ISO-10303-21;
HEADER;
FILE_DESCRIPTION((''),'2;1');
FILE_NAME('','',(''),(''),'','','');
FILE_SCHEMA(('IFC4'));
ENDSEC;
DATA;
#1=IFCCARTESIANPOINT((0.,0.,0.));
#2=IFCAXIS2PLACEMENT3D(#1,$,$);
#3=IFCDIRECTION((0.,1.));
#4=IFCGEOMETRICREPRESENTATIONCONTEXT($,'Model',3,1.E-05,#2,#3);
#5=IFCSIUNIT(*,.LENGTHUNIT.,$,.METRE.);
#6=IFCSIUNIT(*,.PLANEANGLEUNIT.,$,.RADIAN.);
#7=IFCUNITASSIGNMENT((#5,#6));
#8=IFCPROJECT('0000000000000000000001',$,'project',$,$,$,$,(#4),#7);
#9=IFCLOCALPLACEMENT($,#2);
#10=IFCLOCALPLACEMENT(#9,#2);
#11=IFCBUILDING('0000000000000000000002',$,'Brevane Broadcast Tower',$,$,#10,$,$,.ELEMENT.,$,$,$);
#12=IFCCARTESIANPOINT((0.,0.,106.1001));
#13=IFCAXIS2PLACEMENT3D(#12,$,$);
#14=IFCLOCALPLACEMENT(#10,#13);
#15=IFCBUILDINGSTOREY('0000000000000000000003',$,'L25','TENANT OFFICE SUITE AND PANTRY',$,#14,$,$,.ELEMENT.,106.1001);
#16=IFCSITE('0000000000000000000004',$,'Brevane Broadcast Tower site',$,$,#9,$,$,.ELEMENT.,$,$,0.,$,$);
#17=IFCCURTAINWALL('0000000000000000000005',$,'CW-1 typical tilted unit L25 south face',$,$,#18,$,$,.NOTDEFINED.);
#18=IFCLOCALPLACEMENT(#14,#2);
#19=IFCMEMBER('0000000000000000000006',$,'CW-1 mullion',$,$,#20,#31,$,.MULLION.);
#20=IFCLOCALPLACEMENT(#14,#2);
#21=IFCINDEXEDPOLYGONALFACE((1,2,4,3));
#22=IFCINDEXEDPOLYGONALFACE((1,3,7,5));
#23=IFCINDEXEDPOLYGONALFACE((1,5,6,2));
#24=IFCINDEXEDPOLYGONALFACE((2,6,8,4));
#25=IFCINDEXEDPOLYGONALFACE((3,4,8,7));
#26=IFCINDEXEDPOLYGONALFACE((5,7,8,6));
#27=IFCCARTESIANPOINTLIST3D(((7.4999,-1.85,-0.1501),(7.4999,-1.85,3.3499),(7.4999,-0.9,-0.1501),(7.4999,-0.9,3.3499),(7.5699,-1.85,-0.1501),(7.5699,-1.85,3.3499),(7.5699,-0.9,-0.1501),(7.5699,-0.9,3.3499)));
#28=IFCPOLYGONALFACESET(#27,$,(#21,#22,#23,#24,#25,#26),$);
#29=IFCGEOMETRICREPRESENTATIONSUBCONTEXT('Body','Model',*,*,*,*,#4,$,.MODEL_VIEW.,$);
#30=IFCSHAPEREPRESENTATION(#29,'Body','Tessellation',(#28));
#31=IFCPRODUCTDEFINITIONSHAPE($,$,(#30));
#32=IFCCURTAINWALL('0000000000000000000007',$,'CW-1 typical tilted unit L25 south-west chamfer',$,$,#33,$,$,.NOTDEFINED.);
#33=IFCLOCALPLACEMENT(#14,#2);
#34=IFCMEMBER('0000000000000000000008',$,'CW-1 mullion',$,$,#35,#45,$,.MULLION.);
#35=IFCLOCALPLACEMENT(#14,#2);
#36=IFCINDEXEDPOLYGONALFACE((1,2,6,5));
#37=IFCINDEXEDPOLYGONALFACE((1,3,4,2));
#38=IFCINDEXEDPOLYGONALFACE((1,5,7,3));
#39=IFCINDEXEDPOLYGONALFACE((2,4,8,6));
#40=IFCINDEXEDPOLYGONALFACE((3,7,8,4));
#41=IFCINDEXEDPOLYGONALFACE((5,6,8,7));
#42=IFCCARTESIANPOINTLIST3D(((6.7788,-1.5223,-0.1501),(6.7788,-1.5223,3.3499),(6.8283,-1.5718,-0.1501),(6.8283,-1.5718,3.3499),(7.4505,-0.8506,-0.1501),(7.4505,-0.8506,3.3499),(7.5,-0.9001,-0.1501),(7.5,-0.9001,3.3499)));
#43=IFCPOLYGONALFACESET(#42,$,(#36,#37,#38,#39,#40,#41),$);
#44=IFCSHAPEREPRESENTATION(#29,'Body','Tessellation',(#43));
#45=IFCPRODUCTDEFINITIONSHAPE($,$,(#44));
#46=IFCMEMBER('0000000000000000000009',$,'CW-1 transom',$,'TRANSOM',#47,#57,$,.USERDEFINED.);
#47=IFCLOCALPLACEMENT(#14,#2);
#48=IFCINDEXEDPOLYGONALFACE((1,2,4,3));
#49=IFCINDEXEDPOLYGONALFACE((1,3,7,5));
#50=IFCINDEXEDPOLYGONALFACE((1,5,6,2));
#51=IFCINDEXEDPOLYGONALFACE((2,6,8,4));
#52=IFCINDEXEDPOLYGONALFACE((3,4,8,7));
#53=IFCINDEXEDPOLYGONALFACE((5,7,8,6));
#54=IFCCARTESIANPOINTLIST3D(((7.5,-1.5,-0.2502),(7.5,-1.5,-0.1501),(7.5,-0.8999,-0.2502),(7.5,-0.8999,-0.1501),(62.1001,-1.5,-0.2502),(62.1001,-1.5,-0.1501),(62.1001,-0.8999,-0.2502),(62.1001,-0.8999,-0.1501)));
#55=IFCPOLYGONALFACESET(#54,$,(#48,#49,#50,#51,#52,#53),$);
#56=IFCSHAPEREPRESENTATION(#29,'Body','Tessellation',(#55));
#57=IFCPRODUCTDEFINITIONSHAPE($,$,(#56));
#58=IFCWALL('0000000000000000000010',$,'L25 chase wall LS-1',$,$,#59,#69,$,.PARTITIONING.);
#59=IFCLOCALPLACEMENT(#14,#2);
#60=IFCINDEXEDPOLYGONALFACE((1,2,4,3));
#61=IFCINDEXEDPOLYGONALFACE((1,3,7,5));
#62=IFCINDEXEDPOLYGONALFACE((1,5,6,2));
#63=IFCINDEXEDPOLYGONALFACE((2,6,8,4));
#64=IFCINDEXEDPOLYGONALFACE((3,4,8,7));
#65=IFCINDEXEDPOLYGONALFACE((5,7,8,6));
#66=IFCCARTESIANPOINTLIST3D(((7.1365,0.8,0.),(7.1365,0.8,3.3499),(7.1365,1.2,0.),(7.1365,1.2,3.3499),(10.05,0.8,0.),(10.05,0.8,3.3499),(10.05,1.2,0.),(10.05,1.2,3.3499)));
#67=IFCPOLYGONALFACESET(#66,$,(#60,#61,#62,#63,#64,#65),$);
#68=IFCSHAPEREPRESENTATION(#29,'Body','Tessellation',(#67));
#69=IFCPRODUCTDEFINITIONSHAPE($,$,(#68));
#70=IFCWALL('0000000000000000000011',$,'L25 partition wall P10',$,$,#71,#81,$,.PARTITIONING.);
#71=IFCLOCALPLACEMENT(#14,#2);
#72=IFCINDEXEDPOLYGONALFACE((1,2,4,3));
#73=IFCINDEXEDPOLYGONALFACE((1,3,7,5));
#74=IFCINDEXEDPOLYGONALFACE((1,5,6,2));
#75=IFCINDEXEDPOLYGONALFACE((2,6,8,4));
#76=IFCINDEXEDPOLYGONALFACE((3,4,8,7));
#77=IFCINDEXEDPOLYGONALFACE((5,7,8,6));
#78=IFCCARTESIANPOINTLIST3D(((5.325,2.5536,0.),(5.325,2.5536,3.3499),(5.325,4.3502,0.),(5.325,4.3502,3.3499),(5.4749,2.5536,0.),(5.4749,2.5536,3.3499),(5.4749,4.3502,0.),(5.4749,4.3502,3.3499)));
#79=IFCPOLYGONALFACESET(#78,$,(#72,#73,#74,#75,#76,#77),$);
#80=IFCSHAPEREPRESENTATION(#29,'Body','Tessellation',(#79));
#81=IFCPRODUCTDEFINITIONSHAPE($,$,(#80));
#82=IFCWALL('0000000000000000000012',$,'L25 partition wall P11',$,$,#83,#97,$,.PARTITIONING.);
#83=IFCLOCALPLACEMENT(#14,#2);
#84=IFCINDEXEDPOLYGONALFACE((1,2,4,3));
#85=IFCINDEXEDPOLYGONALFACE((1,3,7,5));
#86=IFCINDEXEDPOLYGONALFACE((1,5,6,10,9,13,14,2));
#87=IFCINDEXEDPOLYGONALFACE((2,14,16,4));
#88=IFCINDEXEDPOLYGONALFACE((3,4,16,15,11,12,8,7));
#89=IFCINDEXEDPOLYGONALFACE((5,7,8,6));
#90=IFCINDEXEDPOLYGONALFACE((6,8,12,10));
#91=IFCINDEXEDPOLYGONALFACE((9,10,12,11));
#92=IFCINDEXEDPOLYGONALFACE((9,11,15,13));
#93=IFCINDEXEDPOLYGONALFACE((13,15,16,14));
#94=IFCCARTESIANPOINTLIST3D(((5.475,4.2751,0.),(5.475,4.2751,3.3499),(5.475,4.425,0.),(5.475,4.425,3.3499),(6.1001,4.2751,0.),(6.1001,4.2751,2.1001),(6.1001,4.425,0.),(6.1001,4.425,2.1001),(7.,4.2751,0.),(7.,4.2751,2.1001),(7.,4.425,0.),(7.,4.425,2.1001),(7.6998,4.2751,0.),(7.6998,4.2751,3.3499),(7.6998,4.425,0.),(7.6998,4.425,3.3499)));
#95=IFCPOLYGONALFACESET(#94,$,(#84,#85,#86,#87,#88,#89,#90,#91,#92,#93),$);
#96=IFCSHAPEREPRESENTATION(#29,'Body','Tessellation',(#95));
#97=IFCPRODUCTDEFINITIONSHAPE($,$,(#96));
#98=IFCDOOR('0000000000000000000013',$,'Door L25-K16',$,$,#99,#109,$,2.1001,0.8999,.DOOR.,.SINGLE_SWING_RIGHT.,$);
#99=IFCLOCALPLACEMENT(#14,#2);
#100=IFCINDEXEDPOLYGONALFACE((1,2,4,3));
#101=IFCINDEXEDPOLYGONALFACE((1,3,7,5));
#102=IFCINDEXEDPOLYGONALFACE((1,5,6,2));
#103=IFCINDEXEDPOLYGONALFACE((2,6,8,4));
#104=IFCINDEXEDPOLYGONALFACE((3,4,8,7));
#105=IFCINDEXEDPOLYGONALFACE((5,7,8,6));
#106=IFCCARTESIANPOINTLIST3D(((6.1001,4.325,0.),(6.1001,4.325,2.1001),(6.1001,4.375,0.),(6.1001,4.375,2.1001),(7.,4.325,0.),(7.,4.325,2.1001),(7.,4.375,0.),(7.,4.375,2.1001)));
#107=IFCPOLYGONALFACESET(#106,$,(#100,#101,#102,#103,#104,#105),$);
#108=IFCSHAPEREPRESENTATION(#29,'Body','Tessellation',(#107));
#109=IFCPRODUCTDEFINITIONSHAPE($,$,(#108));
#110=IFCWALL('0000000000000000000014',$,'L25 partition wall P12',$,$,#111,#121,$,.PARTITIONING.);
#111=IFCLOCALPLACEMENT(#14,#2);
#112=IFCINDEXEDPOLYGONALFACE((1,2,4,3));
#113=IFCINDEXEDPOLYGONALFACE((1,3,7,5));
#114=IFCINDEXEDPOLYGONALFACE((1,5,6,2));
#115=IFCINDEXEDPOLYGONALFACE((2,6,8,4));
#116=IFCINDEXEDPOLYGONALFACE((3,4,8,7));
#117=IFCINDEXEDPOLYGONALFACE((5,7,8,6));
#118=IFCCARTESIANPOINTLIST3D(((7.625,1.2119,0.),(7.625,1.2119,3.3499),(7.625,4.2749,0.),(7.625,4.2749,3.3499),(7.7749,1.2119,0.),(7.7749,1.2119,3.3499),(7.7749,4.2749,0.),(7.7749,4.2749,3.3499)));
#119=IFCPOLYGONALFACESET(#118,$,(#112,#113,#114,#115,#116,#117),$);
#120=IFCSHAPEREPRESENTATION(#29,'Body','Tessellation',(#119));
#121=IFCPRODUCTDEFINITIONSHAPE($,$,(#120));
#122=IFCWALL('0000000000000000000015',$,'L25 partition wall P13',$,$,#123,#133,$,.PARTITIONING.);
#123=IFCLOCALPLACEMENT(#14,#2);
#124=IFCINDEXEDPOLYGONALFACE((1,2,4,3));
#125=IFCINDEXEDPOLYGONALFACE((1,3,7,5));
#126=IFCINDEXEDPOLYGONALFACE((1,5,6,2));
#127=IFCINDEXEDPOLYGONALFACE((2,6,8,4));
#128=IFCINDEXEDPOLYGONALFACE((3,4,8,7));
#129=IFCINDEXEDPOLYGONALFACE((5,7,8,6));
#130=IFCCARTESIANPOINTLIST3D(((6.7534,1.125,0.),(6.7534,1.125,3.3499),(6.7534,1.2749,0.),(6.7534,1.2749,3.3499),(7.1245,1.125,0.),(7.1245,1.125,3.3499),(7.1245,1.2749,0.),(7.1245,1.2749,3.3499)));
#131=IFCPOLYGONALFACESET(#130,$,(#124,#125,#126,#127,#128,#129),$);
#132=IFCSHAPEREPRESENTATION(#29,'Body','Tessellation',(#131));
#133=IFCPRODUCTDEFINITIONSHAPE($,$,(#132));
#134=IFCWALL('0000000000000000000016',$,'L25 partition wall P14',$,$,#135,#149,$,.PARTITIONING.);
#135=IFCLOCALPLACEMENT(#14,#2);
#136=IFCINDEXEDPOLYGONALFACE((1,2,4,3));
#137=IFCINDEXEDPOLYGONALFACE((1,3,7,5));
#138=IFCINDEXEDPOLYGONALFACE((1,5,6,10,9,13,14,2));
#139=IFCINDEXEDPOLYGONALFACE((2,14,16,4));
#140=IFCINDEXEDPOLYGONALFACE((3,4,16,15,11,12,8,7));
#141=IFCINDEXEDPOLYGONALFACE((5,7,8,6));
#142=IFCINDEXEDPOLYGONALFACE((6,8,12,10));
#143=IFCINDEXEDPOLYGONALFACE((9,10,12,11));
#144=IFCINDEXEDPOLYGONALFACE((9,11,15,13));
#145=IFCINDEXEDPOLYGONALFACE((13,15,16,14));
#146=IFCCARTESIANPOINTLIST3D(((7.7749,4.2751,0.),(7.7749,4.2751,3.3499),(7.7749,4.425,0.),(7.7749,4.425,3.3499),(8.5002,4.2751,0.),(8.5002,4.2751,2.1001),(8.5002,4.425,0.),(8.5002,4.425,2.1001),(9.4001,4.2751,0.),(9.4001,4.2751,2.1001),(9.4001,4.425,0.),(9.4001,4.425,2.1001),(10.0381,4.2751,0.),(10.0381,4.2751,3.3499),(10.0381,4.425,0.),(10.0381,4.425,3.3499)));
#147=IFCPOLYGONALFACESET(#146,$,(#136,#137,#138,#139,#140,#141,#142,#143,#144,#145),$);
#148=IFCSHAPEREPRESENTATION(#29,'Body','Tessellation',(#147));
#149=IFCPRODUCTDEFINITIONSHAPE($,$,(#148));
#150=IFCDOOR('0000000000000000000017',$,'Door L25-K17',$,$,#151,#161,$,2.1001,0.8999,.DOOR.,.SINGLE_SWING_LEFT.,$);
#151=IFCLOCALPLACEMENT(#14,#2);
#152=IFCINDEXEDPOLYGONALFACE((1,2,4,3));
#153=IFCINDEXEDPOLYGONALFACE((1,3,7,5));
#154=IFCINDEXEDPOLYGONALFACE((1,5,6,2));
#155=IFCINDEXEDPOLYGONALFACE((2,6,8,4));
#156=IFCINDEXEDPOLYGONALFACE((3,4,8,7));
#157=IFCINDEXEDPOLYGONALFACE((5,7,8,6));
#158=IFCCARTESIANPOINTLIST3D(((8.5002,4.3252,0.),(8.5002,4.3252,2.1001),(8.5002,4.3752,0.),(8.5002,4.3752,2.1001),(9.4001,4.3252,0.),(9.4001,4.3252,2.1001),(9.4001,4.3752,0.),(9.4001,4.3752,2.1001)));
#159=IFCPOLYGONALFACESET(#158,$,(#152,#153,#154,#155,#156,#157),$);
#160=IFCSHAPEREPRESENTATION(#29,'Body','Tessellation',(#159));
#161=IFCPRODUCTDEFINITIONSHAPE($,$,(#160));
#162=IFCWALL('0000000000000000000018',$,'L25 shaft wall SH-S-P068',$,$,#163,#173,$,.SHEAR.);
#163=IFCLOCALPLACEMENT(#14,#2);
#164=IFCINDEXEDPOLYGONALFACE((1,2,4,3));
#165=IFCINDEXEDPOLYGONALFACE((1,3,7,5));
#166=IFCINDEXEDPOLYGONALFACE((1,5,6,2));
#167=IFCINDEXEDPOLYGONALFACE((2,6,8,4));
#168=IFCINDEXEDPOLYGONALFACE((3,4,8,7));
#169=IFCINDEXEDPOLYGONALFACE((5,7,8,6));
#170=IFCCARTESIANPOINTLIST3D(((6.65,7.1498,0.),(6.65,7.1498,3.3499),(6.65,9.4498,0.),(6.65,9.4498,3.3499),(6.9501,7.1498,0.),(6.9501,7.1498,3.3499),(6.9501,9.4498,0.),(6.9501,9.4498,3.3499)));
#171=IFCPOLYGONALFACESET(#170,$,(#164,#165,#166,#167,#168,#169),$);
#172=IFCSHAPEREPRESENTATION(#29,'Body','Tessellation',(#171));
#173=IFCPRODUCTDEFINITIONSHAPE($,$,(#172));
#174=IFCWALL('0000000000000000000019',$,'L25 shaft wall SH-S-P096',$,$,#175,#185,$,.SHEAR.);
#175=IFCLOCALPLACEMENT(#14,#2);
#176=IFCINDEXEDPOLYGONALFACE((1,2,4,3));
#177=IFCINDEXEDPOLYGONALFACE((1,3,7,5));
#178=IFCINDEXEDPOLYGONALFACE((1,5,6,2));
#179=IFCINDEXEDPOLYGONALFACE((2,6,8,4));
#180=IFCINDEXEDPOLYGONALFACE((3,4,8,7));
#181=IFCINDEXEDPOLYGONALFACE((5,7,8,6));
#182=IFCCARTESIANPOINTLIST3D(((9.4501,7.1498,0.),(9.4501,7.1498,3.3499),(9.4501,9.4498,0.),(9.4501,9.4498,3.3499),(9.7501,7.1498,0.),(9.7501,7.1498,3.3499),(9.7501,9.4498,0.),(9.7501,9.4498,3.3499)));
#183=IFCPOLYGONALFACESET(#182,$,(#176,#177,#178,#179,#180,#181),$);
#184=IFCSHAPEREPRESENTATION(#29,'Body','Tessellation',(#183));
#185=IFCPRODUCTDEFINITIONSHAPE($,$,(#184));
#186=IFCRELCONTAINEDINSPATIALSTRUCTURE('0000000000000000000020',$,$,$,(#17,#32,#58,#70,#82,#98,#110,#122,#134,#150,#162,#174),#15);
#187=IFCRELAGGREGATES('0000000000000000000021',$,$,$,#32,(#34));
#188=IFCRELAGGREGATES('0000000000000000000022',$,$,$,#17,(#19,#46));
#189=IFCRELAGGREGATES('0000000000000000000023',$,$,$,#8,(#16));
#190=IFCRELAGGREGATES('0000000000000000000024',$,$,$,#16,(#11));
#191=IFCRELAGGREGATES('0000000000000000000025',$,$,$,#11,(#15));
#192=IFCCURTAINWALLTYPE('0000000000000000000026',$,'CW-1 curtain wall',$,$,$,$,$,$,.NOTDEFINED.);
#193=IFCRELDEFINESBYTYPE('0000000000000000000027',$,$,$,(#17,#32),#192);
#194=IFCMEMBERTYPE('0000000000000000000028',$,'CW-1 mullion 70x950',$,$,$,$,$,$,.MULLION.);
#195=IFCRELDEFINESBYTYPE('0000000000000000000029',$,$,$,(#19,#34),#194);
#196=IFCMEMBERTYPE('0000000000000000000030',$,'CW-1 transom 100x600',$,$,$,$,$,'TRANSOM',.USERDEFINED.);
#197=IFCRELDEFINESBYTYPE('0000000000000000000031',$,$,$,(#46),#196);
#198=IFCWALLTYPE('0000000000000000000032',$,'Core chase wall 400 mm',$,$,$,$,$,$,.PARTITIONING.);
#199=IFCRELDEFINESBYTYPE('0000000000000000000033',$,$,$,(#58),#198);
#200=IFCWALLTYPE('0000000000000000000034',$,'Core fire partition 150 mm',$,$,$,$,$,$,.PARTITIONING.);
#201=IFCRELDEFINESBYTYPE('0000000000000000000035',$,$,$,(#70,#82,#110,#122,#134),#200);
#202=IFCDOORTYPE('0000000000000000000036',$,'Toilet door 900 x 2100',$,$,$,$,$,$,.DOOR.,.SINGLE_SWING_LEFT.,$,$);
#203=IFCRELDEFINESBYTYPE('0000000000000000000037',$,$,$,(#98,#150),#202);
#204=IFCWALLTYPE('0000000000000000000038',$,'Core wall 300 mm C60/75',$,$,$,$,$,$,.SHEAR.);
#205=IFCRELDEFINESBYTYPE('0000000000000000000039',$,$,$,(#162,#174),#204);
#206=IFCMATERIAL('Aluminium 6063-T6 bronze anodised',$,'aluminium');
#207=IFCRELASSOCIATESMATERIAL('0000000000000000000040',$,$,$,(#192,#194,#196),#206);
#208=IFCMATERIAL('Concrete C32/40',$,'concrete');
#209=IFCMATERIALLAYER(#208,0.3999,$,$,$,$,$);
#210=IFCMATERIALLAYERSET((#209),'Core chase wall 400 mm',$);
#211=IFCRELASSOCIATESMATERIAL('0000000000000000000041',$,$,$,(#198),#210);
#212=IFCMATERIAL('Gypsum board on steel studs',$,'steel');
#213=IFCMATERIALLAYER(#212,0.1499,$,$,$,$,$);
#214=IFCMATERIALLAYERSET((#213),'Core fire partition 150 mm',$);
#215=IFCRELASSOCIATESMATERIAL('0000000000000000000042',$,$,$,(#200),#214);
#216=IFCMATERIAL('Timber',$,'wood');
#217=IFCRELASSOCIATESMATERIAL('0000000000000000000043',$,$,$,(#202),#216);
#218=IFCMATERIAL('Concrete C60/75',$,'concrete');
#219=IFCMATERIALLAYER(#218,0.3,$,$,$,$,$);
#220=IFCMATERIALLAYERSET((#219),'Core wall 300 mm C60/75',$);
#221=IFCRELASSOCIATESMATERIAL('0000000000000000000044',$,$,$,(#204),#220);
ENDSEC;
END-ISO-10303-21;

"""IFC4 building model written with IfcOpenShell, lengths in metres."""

from ifc_helpers import new_model, si_unit, direction, frame, frame_2d, origin, origin_2d, place, context, subcontext, project, spatial, rectangle, extrude, material, layer, layer_set, material_profile, profile_set, type_object, element, fill, aggregate, save


model = new_model("IFC4")

# Units and contexts
model_context = context("Model", 3, precision=1e-05, world=origin(), true_north=direction((0.0, 1.0)))
body_context = subcontext(model_context, "Body", "Model", "MODEL_VIEW")
ifc_project = project(units=[si_unit("LENGTHUNIT", "METRE"), si_unit("PLANEANGLEUNIT", "RADIAN")], contexts=[model_context])

# Site, building, storey
site_placement = place(None, origin())
site = spatial("IfcSite", under=ifc_project, at=site_placement, Name="Brevane Broadcast Tower site", CompositionType="ELEMENT", RefElevation=0.0)
building_placement = place(site_placement, origin())
building = spatial("IfcBuilding", under=site, at=building_placement, Name="Brevane Broadcast Tower", CompositionType="ELEMENT")
storey_placement = place(building_placement, frame((0.0, 0.0, 106.1001)))
storey = spatial("IfcBuildingStorey", under=building, at=storey_placement, Name="L25", Description="TENANT OFFICE SUITE AND PANTRY", CompositionType="ELEMENT", Elevation=106.1001)

# Curtain walls, members
ifc_material_1 = material(Name="Aluminium 6063-T6 bronze anodised", Category="aluminium")
curtain_wall_type = type_object("IfcCurtainWallType", Name="CW-1 curtain wall", PredefinedType="NOTDEFINED", material=ifc_material_1)
curtain_wall_1_placement = place(storey_placement, origin())
curtain_wall_1 = element("IfcCurtainWall", 1, at=curtain_wall_1_placement, inside=storey, type_object=curtain_wall_type, Name="CW-1 typical tilted unit L25 south face", PredefinedType="NOTDEFINED")
ifc_material_profile_1 = material_profile(ifc_material_1, rectangle(XDim=0.95, YDim=0.0701, at=origin_2d()), Name="RECT 70x950")
ifc_profile_set_1 = profile_set([ifc_material_profile_1], Name="Aluminium 6063-T6 bronze anodised")
member_type_1 = type_object("IfcMemberType", Name="CW-1 mullion 70x950", PredefinedType="MULLION", material=ifc_profile_set_1)
member_1_placement = place(storey_placement, frame((7.5349, -1.375, -0.1501), z_axis=(0.0, 0.0, 1.0), x_axis=(0.0, 1.0, 0.0)))
member_1 = element("IfcMember", 2, at=member_1_placement, type_object=member_type_1, Name="CW-1 mullion", PredefinedType="MULLION", context=body_context, shape_type="SweptSolid", body=[
    extrude(rectangle(XDim=0.95, YDim=0.0701, at=origin_2d()), origin(), (0.0, 0.0, 1.0), 3.5),
])
curtain_wall_2_placement = place(storey_placement, origin())
curtain_wall_2 = element("IfcCurtainWall", 3, at=curtain_wall_2_placement, inside=storey, type_object=curtain_wall_type, Name="CW-1 typical tilted unit L25 south-west chamfer", PredefinedType="NOTDEFINED")
member_2_placement = place(storey_placement, frame((7.1394, -1.2112, -0.1501), z_axis=(0.0, 0.0, 1.0), x_axis=(0.707107, 0.707107, 0.0)))
member_2 = element("IfcMember", 4, at=member_2_placement, type_object=member_type_1, Name="CW-1 mullion", PredefinedType="MULLION", context=body_context, shape_type="SweptSolid", body=[
    extrude(rectangle(XDim=0.95, YDim=0.0701, at=origin_2d()), origin(), (0.0, 0.0, 1.0), 3.5),
])
aggregate(curtain_wall_2, [member_2])

# Member
ifc_material_profile_2 = material_profile(ifc_material_1, rectangle(XDim=0.6001, YDim=0.1001, at=origin_2d()), Name="RECT 100x600")
ifc_profile_set_2 = profile_set([ifc_material_profile_2], Name="Aluminium 6063-T6 bronze anodised")
member_type_2 = type_object("IfcMemberType", Name="CW-1 transom 100x600", ElementType="TRANSOM", PredefinedType="USERDEFINED", material=ifc_profile_set_2)
member_3_placement = place(storey_placement, frame((7.5, -1.2, -0.2002), z_axis=(1.0, 0.0, 0.0), x_axis=(0.0, 1.0, 0.0)))
member_3 = element("IfcMember", 5, at=member_3_placement, type_object=member_type_2, Name="CW-1 transom", ObjectType="TRANSOM", PredefinedType="USERDEFINED", context=body_context, shape_type="SweptSolid", body=[
    extrude(rectangle(XDim=0.6001, YDim=0.1001, at=origin_2d()), origin(), (0.0, 0.0, 1.0), 54.6001),
])
aggregate(curtain_wall_1, [member_1, member_3])

# Walls
ifc_material_2 = material(Name="Concrete C32/40", Category="concrete")
ifc_layer_1 = layer(ifc_material_2, 0.3999)
ifc_layer_set_1 = layer_set([ifc_layer_1], Name="Core chase wall 400 mm")
wall_type_1 = type_object("IfcWallType", Name="Core chase wall 400 mm", PredefinedType="PARTITIONING", material=ifc_layer_set_1)
wall_1_placement = place(storey_placement, frame((7.1365, 1.0, 0.0), z_axis=(0.0, 0.0, 1.0), x_axis=(1.0, 0.0, 0.0)))
element("IfcWall", 6, at=wall_1_placement, inside=storey, type_object=wall_type_1, Name="L25 chase wall LS-1", PredefinedType="PARTITIONING", context=body_context, shape_type="SweptSolid", body=[
    extrude(rectangle(XDim=2.9136, YDim=0.3999, at=frame_2d((1.4568, 0.0))), origin(), (0.0, 0.0, 1.0), 3.3499),
])
ifc_material_3 = material(Name="Gypsum board on steel studs", Category="steel")
ifc_layer_2 = layer(ifc_material_3, 0.1499)
ifc_layer_set_2 = layer_set([ifc_layer_2], Name="Core fire partition 150 mm")
wall_type_2 = type_object("IfcWallType", Name="Core fire partition 150 mm", PredefinedType="PARTITIONING", material=ifc_layer_set_2)
wall_2_placement = place(storey_placement, frame((5.3999, 2.5535, 0.0), z_axis=(0.0, 0.0, 1.0), x_axis=(0.0, 1.0, 0.0)))
element("IfcWall", 7, at=wall_2_placement, inside=storey, type_object=wall_type_2, Name="L25 partition wall P10", PredefinedType="PARTITIONING", context=body_context, shape_type="SweptSolid", body=[
    extrude(rectangle(XDim=1.7966, YDim=0.1499, at=frame_2d((0.8984, 0.0))), origin(), (0.0, 0.0, 1.0), 3.3499),
])

# Wall, opening, door
wall_3_placement = place(storey_placement, frame((5.4751, 4.3501, 0.0), z_axis=(0.0, 0.0, 1.0), x_axis=(1.0, 0.0, 0.0)))
wall_3 = element("IfcWall", 8, at=wall_3_placement, inside=storey, type_object=wall_type_2, Name="L25 partition wall P11", PredefinedType="PARTITIONING", context=body_context, shape_type="SweptSolid", body=[
    extrude(rectangle(XDim=2.2249, YDim=0.1499, at=frame_2d((1.1123, 0.0))), origin(), (0.0, 0.0, 1.0), 3.3499),
])
opening_1_placement = place(wall_3_placement, frame((0.625, 0.0, 0.0)))
opening_1 = element("IfcOpeningElement", 9, at=opening_1_placement, cuts=wall_3, PredefinedType="OPENING", context=body_context, shape_type="SweptSolid", body=[
    extrude(rectangle(XDim=0.8999, YDim=2.1001, at=frame_2d((0.45, 1.05))), frame((0.0, 0.085, 0.0), z_axis=(0.0, -1.0, 0.0), x_axis=(1.0, 0.0, 0.0)), (0.0, 0.0, 1.0), 0.1699),
])
ifc_material_4 = material(Name="Timber", Category="wood")
door_type = type_object("IfcDoorType", Name="Toilet door 900 x 2100", OperationType="SINGLE_SWING_LEFT", PredefinedType="DOOR", material=ifc_material_4)
door_1_placement = place(opening_1_placement, origin())
door_1 = element("IfcDoor", 10, at=door_1_placement, inside=storey, type_object=door_type, Name="Door L25-K16", OperationType="SINGLE_SWING_RIGHT", OverallHeight=2.1001, OverallWidth=0.8999, PredefinedType="DOOR", context=body_context, shape_type="SweptSolid", body=[
    extrude(rectangle(XDim=0.8999, YDim=2.1001, at=frame_2d((0.45, 1.05))), frame((0.0, 0.0249, 0.0), z_axis=(0.0, -1.0, 0.0), x_axis=(1.0, 0.0, 0.0)), (0.0, 0.0, 1.0), 0.05),
])
fill(opening_1, door_1)

# Walls
wall_4_placement = place(storey_placement, frame((7.7, 4.2749, 0.0), z_axis=(0.0, 0.0, 1.0), x_axis=(0.0, -1.0, 0.0)))
element("IfcWall", 11, at=wall_4_placement, inside=storey, type_object=wall_type_2, Name="L25 partition wall P12", PredefinedType="PARTITIONING", context=body_context, shape_type="SweptSolid", body=[
    extrude(rectangle(XDim=3.063, YDim=0.1499, at=frame_2d((1.5315, 0.0))), origin(), (0.0, 0.0, 1.0), 3.3499),
])
wall_5_placement = place(storey_placement, frame((7.1245, 1.2, 0.0), z_axis=(0.0, 0.0, 1.0), x_axis=(-1.0, 0.0, 0.0)))
element("IfcWall", 12, at=wall_5_placement, inside=storey, type_object=wall_type_2, Name="L25 partition wall P13", PredefinedType="PARTITIONING", context=body_context, shape_type="SweptSolid", body=[
    extrude(rectangle(XDim=0.3711, YDim=0.1499, at=frame_2d((0.1855, 0.0))), origin(), (0.0, 0.0, 1.0), 3.3499),
])

# Wall, opening, door
wall_6_placement = place(storey_placement, frame((10.0381, 4.3501, 0.0), z_axis=(0.0, 0.0, 1.0), x_axis=(-1.0, 0.0, 0.0)))
wall_6 = element("IfcWall", 13, at=wall_6_placement, inside=storey, type_object=wall_type_2, Name="L25 partition wall P14", PredefinedType="PARTITIONING", context=body_context, shape_type="SweptSolid", body=[
    extrude(rectangle(XDim=2.2632, YDim=0.1499, at=frame_2d((1.1316, 0.0))), origin(), (0.0, 0.0, 1.0), 3.3499),
])
opening_2_placement = place(wall_6_placement, frame((0.6379, 0.0, 0.0)))
opening_2 = element("IfcOpeningElement", 14, at=opening_2_placement, cuts=wall_6, PredefinedType="OPENING", context=body_context, shape_type="SweptSolid", body=[
    extrude(rectangle(XDim=0.8999, YDim=2.1001, at=frame_2d((0.45, 1.05))), frame((0.0, 0.085, 0.0), z_axis=(0.0, -1.0, 0.0), x_axis=(1.0, 0.0, 0.0)), (0.0, 0.0, 1.0), 0.1699),
])
door_2_placement = place(opening_2_placement, origin())
door_2 = element("IfcDoor", 15, at=door_2_placement, inside=storey, type_object=door_type, Name="Door L25-K17", OperationType="SINGLE_SWING_LEFT", OverallHeight=2.1001, OverallWidth=0.8999, PredefinedType="DOOR", context=body_context, shape_type="SweptSolid", body=[
    extrude(rectangle(XDim=0.8999, YDim=2.1001, at=frame_2d((0.45, 1.05))), frame((0.0, 0.0249, 0.0), z_axis=(0.0, -1.0, 0.0), x_axis=(1.0, 0.0, 0.0)), (0.0, 0.0, 1.0), 0.05),
])
fill(opening_2, door_2)

# Walls
ifc_material_5 = material(Name="Concrete C60/75", Category="concrete")
ifc_layer_3 = layer(ifc_material_5, 0.3)
ifc_layer_set_3 = layer_set([ifc_layer_3], Name="Core wall 300 mm C60/75")
wall_type_3 = type_object("IfcWallType", Name="Core wall 300 mm C60/75", PredefinedType="SHEAR", material=ifc_layer_set_3)
for number, where, z_axis, x_axis, name in (
    (16, (6.8, 7.1499, 0.0), (0.0, 0.0, 1.0), (0.0, 1.0, 0.0), "L25 shaft wall SH-S-P068"),
    (17, (9.6001, 7.1499, 0.0), (0.0, 0.0, 1.0), (0.0, 1.0, 0.0), "L25 shaft wall SH-S-P096"),
):
    element("IfcWall", number, at=place(storey_placement, frame(where, z_axis=z_axis, x_axis=x_axis)), inside=storey, type_object=wall_type_3, Name=name, PredefinedType="SHEAR", context=body_context, shape_type="SweptSolid", body=[
        extrude(rectangle(XDim=2.3, YDim=0.3, at=frame_2d((1.1499, 0.0))), origin(), (0.0, 0.0, 1.0), 3.3499),
    ])

save(model, "model.ifc")
